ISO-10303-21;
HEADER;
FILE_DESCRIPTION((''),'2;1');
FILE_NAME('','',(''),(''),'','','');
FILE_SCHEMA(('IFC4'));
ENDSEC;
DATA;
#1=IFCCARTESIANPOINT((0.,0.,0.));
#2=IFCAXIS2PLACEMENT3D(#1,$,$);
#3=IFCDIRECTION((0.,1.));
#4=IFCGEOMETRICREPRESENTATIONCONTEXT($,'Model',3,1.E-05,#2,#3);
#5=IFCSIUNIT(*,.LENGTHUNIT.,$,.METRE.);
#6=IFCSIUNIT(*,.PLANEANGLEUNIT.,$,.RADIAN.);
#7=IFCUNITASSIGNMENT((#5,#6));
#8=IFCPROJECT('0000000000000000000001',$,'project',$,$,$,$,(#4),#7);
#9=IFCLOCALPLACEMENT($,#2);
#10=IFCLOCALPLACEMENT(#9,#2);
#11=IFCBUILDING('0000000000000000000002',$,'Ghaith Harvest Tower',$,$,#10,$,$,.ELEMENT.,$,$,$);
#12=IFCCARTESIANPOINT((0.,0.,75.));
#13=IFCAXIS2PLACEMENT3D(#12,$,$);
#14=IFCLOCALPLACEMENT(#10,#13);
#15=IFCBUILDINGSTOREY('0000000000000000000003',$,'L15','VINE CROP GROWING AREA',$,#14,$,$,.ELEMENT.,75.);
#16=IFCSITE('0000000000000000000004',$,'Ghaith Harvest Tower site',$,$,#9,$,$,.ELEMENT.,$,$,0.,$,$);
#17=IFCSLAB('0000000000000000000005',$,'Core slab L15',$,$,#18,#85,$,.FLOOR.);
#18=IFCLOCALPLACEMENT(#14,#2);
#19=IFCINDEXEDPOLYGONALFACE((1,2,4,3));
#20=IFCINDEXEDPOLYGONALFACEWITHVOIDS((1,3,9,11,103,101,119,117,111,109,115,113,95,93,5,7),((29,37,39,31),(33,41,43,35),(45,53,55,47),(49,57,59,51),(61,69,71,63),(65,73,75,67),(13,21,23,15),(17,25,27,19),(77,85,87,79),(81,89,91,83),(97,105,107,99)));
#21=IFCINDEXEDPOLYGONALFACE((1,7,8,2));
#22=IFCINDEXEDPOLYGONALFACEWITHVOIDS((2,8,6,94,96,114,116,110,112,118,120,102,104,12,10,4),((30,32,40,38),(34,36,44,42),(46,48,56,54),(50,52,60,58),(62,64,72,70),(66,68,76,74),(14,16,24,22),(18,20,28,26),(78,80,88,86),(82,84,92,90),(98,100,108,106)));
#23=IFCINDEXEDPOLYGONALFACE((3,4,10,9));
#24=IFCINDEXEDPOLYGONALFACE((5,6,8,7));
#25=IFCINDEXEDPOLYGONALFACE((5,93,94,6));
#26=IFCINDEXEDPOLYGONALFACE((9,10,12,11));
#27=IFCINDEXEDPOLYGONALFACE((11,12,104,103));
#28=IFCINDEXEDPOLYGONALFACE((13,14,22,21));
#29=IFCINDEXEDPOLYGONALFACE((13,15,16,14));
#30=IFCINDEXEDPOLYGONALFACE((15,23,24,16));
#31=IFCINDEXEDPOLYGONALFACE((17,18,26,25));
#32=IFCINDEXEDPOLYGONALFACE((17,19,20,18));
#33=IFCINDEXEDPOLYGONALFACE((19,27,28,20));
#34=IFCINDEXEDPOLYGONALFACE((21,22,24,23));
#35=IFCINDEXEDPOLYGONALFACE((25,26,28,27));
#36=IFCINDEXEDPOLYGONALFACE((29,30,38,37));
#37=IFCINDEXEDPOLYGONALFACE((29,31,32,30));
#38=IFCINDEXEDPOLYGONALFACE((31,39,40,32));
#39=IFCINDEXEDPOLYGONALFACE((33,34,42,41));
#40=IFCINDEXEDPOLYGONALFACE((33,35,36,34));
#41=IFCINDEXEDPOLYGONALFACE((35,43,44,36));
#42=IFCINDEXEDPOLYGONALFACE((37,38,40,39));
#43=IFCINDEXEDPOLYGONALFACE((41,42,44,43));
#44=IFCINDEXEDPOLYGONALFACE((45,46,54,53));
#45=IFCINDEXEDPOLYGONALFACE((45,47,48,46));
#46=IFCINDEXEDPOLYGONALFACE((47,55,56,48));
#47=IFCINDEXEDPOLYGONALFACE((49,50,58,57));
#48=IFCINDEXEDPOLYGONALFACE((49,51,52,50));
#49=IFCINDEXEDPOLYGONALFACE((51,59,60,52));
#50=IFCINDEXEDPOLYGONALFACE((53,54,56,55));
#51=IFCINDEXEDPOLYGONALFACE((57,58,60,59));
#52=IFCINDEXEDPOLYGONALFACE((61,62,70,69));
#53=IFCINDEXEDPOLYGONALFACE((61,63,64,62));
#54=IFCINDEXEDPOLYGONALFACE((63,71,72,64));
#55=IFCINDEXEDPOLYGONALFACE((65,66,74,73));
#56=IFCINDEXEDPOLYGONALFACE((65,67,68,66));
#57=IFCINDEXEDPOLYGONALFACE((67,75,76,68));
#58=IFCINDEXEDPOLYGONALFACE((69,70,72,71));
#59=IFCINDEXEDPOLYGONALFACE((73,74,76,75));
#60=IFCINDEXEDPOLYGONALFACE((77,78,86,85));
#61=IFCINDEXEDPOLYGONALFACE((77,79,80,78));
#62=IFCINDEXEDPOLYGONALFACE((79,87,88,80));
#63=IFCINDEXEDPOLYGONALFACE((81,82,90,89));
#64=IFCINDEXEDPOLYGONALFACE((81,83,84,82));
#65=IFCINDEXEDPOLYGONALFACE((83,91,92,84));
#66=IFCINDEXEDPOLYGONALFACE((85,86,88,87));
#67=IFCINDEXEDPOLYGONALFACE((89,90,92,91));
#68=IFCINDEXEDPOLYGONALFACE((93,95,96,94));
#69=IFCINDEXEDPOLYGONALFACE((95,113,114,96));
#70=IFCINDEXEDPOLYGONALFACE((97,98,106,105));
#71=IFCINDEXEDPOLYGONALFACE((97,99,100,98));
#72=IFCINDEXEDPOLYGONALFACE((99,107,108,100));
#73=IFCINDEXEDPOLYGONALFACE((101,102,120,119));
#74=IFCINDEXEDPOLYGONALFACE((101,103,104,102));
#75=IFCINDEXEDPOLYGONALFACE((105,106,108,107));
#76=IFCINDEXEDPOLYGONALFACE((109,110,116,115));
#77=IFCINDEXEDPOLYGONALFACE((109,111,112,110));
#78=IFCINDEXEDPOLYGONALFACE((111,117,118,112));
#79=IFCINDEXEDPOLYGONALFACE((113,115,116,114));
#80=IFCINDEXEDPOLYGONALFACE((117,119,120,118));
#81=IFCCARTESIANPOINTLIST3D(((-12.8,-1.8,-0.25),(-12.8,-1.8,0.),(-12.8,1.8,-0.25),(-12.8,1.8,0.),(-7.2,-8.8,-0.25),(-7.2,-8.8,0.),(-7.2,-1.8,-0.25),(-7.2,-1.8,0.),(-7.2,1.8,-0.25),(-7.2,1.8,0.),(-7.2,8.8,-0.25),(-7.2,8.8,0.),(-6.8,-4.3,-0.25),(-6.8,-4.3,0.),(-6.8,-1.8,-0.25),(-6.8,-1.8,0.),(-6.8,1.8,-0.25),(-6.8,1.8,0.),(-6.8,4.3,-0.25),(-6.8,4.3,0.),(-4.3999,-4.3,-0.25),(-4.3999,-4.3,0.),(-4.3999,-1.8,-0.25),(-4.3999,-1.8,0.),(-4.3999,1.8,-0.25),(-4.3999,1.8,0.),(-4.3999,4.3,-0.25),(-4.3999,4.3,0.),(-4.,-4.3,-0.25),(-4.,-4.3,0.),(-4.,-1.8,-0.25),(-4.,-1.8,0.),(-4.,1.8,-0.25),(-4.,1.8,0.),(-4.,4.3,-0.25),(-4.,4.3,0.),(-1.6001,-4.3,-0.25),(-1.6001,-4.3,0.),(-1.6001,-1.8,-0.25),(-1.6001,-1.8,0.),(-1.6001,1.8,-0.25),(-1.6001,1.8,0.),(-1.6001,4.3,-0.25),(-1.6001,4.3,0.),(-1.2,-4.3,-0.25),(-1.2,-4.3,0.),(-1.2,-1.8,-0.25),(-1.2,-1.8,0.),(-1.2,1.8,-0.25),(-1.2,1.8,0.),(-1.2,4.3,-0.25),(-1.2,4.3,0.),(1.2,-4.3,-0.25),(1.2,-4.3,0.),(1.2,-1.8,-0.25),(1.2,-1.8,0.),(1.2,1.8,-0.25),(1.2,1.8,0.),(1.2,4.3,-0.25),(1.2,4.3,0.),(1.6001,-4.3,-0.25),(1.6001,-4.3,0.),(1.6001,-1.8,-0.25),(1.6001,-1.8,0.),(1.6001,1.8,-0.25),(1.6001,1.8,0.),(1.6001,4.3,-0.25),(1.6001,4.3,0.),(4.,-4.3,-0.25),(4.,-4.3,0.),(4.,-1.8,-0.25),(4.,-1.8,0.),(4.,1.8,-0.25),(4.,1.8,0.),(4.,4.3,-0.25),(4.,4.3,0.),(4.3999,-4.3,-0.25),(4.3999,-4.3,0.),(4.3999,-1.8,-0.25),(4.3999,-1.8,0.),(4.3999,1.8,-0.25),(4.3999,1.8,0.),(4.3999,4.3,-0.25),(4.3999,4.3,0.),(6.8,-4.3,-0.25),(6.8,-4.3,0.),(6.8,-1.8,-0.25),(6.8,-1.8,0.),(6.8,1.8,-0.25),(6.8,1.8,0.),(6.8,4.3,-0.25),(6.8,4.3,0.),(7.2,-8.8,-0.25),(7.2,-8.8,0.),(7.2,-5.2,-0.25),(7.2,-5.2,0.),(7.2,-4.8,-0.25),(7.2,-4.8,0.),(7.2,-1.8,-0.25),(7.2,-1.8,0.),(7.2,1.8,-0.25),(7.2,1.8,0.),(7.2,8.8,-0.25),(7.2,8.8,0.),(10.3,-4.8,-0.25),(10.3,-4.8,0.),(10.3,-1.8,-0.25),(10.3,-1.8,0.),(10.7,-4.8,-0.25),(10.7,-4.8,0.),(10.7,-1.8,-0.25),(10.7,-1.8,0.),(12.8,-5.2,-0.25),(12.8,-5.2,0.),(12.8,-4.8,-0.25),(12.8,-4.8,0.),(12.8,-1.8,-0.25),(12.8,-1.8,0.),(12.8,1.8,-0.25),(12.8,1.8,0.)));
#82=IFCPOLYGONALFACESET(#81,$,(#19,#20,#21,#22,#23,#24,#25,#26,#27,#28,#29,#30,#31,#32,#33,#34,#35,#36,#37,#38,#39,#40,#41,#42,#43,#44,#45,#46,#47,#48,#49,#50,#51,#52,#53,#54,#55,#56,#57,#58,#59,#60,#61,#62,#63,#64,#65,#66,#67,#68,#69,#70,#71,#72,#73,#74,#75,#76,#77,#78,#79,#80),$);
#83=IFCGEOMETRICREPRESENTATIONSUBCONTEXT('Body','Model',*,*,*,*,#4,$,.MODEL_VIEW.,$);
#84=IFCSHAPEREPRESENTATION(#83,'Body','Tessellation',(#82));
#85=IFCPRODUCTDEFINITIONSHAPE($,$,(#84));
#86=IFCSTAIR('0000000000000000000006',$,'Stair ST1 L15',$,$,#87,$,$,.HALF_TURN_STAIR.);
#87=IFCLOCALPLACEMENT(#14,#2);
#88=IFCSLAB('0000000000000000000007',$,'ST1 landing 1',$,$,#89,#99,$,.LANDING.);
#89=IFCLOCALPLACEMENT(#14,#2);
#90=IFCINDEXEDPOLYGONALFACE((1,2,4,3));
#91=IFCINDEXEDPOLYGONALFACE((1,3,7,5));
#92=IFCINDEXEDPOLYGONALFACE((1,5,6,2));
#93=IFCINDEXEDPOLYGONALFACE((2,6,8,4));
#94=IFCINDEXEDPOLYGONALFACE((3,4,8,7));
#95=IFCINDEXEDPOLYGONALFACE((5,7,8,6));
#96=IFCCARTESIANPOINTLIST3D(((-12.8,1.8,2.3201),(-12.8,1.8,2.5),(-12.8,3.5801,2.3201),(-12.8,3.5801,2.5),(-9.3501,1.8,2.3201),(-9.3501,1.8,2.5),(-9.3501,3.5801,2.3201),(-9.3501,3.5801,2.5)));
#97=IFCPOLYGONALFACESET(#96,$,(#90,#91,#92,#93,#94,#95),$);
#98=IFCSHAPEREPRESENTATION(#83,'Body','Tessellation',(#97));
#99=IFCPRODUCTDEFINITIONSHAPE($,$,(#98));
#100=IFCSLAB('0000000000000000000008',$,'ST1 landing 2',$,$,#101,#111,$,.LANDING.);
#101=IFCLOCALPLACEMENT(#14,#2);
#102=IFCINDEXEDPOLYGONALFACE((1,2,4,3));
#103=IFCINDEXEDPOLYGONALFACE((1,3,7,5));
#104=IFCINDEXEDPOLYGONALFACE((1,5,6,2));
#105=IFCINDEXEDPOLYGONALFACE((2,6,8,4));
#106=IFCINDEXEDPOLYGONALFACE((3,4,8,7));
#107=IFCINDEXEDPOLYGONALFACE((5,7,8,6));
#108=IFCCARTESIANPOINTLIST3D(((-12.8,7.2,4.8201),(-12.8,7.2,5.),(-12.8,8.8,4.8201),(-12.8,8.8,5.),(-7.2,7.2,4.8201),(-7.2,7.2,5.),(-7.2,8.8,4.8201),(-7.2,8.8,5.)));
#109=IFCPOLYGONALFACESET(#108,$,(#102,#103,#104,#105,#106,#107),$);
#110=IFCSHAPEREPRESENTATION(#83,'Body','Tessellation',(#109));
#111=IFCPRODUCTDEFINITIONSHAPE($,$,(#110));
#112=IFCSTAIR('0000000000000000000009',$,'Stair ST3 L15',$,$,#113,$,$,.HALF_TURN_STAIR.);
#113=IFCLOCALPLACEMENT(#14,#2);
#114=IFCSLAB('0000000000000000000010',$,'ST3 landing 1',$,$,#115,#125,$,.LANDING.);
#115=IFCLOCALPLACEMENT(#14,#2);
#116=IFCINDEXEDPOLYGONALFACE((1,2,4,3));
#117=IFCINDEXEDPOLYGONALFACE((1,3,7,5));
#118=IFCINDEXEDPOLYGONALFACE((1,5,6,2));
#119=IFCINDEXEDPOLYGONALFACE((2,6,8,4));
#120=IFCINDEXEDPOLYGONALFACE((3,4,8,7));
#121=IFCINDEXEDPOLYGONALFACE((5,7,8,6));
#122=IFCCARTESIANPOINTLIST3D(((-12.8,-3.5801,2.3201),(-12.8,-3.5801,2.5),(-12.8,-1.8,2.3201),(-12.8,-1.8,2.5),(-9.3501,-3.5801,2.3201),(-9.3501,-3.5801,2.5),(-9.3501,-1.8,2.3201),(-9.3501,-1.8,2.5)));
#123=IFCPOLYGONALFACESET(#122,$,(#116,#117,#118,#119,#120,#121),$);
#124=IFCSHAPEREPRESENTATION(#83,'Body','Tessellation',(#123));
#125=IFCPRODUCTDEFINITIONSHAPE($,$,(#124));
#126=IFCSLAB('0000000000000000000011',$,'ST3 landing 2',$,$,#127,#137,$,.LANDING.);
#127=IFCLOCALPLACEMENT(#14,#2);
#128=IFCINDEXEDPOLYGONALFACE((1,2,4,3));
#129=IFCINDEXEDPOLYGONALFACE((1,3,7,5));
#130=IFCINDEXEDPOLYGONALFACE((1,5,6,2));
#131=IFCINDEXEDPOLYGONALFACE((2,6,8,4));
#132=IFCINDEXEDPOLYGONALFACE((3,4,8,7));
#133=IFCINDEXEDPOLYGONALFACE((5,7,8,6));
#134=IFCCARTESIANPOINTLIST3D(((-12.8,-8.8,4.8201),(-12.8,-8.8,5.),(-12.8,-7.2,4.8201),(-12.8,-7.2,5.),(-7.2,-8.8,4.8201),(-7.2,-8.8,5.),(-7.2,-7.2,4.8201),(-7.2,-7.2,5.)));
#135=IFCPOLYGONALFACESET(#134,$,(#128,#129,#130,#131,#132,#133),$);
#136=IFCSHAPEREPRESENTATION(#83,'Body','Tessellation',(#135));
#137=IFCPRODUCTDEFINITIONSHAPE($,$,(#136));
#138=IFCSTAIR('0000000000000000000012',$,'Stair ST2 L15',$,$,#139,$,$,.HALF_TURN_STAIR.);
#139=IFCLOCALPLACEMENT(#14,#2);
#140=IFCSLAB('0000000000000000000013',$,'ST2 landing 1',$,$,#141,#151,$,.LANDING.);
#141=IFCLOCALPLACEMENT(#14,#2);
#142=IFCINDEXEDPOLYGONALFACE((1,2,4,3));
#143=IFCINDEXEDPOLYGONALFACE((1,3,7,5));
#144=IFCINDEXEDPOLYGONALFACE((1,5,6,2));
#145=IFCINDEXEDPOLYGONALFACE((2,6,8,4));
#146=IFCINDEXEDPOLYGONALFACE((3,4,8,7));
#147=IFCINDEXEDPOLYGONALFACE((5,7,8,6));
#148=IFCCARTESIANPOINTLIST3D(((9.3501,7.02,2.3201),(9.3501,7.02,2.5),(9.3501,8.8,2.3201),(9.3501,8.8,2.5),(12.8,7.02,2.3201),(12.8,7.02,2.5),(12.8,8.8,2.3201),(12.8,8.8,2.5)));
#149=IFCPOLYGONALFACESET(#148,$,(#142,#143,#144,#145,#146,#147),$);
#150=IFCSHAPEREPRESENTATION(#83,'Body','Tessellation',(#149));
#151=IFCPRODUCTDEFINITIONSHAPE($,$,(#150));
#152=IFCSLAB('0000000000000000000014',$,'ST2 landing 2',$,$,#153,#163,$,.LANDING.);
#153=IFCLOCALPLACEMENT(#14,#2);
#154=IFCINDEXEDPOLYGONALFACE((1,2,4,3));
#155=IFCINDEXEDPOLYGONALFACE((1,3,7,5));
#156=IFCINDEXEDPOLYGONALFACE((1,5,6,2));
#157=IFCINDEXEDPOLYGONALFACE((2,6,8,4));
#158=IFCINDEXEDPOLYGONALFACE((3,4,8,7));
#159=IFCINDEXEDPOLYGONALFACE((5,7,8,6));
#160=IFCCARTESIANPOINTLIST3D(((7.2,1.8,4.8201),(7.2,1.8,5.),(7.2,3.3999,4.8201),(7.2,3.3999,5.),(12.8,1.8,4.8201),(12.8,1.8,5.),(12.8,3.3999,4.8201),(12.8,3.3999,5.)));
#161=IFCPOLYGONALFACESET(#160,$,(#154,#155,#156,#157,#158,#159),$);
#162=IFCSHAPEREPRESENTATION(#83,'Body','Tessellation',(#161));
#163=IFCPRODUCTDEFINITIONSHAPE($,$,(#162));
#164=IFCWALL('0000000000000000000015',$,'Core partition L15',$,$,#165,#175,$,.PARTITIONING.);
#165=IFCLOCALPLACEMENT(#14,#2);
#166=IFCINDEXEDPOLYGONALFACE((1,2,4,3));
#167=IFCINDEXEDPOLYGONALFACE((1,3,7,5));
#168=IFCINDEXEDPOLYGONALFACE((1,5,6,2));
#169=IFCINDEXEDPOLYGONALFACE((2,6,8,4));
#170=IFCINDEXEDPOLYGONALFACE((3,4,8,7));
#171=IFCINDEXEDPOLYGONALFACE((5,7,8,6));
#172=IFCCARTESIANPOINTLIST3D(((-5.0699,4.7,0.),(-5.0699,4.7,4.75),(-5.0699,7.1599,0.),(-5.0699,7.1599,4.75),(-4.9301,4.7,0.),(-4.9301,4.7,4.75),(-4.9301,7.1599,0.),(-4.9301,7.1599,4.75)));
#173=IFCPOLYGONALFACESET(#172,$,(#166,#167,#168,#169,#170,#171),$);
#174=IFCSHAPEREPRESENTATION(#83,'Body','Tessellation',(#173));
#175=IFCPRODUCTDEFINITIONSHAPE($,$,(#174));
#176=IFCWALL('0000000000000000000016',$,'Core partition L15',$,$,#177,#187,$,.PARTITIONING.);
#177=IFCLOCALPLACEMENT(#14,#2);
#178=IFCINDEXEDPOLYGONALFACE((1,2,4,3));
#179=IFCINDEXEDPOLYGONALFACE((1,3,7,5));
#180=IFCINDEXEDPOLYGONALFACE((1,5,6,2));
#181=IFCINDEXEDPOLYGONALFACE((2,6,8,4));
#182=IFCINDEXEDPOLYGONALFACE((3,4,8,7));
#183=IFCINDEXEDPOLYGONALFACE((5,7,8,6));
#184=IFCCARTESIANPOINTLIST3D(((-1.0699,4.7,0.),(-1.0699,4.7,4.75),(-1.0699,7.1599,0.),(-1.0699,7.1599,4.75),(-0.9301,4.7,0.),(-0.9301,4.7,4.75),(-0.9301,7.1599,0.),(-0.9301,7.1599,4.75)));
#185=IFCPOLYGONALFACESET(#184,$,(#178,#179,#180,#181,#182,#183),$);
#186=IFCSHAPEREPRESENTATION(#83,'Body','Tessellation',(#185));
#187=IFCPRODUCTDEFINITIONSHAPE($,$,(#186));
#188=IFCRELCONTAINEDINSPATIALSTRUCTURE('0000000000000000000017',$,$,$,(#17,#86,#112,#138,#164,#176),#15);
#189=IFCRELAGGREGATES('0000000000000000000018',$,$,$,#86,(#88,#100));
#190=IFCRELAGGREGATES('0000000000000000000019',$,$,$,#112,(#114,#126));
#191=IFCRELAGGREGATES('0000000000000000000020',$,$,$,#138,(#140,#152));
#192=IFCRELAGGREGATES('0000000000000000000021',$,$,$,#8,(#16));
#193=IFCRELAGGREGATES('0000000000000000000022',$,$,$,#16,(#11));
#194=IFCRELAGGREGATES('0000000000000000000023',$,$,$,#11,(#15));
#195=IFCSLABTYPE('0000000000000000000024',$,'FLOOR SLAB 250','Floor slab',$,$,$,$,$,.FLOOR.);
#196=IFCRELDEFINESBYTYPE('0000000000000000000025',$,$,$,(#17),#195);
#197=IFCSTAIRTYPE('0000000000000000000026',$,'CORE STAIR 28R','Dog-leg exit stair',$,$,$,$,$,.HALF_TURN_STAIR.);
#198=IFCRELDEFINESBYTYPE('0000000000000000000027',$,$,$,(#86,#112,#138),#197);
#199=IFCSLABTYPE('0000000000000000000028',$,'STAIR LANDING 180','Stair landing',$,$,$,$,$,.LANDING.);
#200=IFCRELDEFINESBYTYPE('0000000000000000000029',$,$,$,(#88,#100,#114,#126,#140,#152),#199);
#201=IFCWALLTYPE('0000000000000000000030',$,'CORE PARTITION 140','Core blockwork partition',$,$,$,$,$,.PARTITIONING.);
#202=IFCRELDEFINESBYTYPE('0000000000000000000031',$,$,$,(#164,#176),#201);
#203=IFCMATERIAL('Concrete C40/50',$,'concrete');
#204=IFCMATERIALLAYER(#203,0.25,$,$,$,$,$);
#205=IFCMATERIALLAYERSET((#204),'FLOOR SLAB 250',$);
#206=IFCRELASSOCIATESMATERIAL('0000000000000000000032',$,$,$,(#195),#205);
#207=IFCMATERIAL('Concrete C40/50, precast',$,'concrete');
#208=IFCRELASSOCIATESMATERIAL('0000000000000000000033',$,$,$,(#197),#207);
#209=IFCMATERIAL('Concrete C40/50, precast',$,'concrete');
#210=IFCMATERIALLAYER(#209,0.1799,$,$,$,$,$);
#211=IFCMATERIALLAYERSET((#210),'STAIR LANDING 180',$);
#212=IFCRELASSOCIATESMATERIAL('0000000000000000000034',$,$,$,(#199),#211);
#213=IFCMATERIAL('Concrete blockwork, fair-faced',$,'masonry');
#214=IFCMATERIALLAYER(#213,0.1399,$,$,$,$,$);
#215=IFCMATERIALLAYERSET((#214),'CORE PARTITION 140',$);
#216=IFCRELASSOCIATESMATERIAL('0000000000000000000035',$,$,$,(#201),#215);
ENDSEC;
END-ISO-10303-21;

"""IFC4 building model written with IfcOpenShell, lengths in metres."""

from ifc_helpers import new_model, si_unit, direction, frame, frame_2d, origin, place, context, subcontext, project, spatial, polyline, rectangle, outline, extrude, material, layer, layer_set, type_object, element, aggregate, save


model = new_model("IFC4")

# Units and contexts
model_context = context("Model", 3, precision=1e-05, world=origin(), true_north=direction((0.0, 1.0)))
body_context = subcontext(model_context, "Body", "Model", "MODEL_VIEW")
ifc_project = project(units=[si_unit("LENGTHUNIT", "METRE"), si_unit("PLANEANGLEUNIT", "RADIAN")], contexts=[model_context])

# Site, building, storey
site_placement = place(None, origin())
site = spatial("IfcSite", under=ifc_project, at=site_placement, Name="Ghaith Harvest Tower site", CompositionType="ELEMENT", RefElevation=0.0)
building_placement = place(site_placement, origin())
building = spatial("IfcBuilding", under=site, at=building_placement, Name="Ghaith Harvest Tower", CompositionType="ELEMENT")
storey_placement = place(building_placement, frame((0.0, 0.0, 75.0)))
storey = spatial("IfcBuildingStorey", under=building, at=storey_placement, Name="L15", Description="VINE CROP GROWING AREA", CompositionType="ELEMENT", Elevation=75.0)

# Slab
ifc_material_1 = material(Name="Concrete C40/50", Category="concrete")
ifc_layer_1 = layer(ifc_material_1, 0.25)
ifc_layer_set_1 = layer_set([ifc_layer_1], Name="FLOOR SLAB 250")
slab_type_1 = type_object("IfcSlabType", Name="FLOOR SLAB 250", Description="Floor slab", PredefinedType="FLOOR", material=ifc_layer_set_1)
slab_1_placement = place(storey_placement, frame((0.0, 0.0, -0.25)))
element("IfcSlab", 1, at=slab_1_placement, inside=storey, type_object=slab_type_1, Name="Core slab L15", PredefinedType="FLOOR", context=body_context, shape_type="SweptSolid", body=[
    extrude(outline(polyline([(-12.8, 1.8), (-7.2, 1.8), (-7.2, 8.8), (7.2, 8.8), (7.2, 1.8), (12.8, 1.8), (12.8, -1.8), (10.7, -1.8), (10.7, -4.8), (12.8, -4.8), (12.8, -5.2), (7.2, -5.2), (7.2, -8.8), (-7.2, -8.8), (-7.2, -1.8), (-12.8, -1.8), (-12.8, 1.8)]), holes=[polyline([(-4.3999, -4.3), (-4.3999, -1.8), (-6.8, -1.8), (-6.8, -4.3), (-4.3999, -4.3)]), polyline([(-1.6001, -4.3), (-1.6001, -1.8), (-4.0, -1.8), (-4.0, -4.3), (-1.6001, -4.3)]), polyline([(1.2, -4.3), (1.2, -1.8), (-1.2, -1.8), (-1.2, -4.3), (1.2, -4.3)]), polyline([(-4.3999, 1.8), (-4.3999, 4.3), (-6.8, 4.3), (-6.8, 1.8), (-4.3999, 1.8)]), polyline([(-1.6001, 1.8), (-1.6001, 4.3), (-4.0, 4.3), (-4.0, 1.8), (-1.6001, 1.8)]), polyline([(1.2, 1.8), (1.2, 4.3), (-1.2, 4.3), (-1.2, 1.8), (1.2, 1.8)]), polyline([(10.3, -4.8), (10.3, -1.8), (7.2, -1.8), (7.2, -4.8), (10.3, -4.8)]), polyline([(4.0, -4.3), (4.0, -1.8), (1.6001, -1.8), (1.6001, -4.3), (4.0, -4.3)]), polyline([(6.8, -4.3), (6.8, -1.8), (4.3999, -1.8), (4.3999, -4.3), (6.8, -4.3)]), polyline([(4.0, 1.8), (4.0, 4.3), (1.6001, 4.3), (1.6001, 1.8), (4.0, 1.8)]), polyline([(6.8, 1.8), (6.8, 4.3), (4.3999, 4.3), (4.3999, 1.8), (6.8, 1.8)])]), origin(), (0.0, 0.0, 1.0), 0.25),
])

# Stairs, slabs
ifc_material_2 = material(Name="Concrete C40/50, precast", Category="concrete")
stair_type = type_object("IfcStairType", Name="CORE STAIR 28R", Description="Dog-leg exit stair", PredefinedType="HALF_TURN_STAIR", material=ifc_material_2)
stair_1_placement = place(storey_placement, origin())
stair_1 = element("IfcStair", 2, at=stair_1_placement, inside=storey, type_object=stair_type, Name="Stair ST1 L15", PredefinedType="HALF_TURN_STAIR")
ifc_material_3 = material(Name="Concrete C40/50, precast", Category="concrete")
ifc_layer_2 = layer(ifc_material_3, 0.1799)
ifc_layer_set_2 = layer_set([ifc_layer_2], Name="STAIR LANDING 180")
slab_type_2 = type_object("IfcSlabType", Name="STAIR LANDING 180", Description="Stair landing", PredefinedType="LANDING", material=ifc_layer_set_2)
slab_2_placement = place(storey_placement, frame((0.0, 0.0, 2.3201)))
slab_2 = element("IfcSlab", 3, at=slab_2_placement, type_object=slab_type_2, Name="ST1 landing 1", PredefinedType="LANDING", context=body_context, shape_type="SweptSolid", body=[
    extrude(outline(polyline([(-12.8, 3.5801), (-12.8, 1.8), (-9.3501, 1.8), (-9.3501, 3.5801), (-12.8, 3.5801)])), origin(), (0.0, 0.0, 1.0), 0.1799),
])
slab_3_placement = place(storey_placement, frame((0.0, 0.0, 4.8201)))
slab_3 = element("IfcSlab", 4, at=slab_3_placement, type_object=slab_type_2, Name="ST1 landing 2", PredefinedType="LANDING", context=body_context, shape_type="SweptSolid", body=[
    extrude(outline(polyline([(-12.8, 8.8), (-12.8, 7.2), (-7.2, 7.2), (-7.2, 8.8), (-12.8, 8.8)])), origin(), (0.0, 0.0, 1.0), 0.1799),
])
aggregate(stair_1, [slab_2, slab_3])
stair_2_placement = place(storey_placement, origin())
stair_2 = element("IfcStair", 5, at=stair_2_placement, inside=storey, type_object=stair_type, Name="Stair ST3 L15", PredefinedType="HALF_TURN_STAIR")
slab_4_placement = place(storey_placement, frame((0.0, 0.0, 2.3201)))
slab_4 = element("IfcSlab", 6, at=slab_4_placement, type_object=slab_type_2, Name="ST3 landing 1", PredefinedType="LANDING", context=body_context, shape_type="SweptSolid", body=[
    extrude(outline(polyline([(-12.8, -3.5801), (-12.8, -1.8), (-9.3501, -1.8), (-9.3501, -3.5801), (-12.8, -3.5801)])), origin(), (0.0, 0.0, 1.0), 0.1799),
])
slab_5_placement = place(storey_placement, frame((0.0, 0.0, 4.8201)))
slab_5 = element("IfcSlab", 7, at=slab_5_placement, type_object=slab_type_2, Name="ST3 landing 2", PredefinedType="LANDING", context=body_context, shape_type="SweptSolid", body=[
    extrude(outline(polyline([(-12.8, -8.8), (-12.8, -7.2), (-7.2, -7.2), (-7.2, -8.8), (-12.8, -8.8)])), origin(), (0.0, 0.0, 1.0), 0.1799),
])
aggregate(stair_2, [slab_4, slab_5])
stair_3_placement = place(storey_placement, origin())
stair_3 = element("IfcStair", 8, at=stair_3_placement, inside=storey, type_object=stair_type, Name="Stair ST2 L15", PredefinedType="HALF_TURN_STAIR")
slab_6_placement = place(storey_placement, frame((0.0, 0.0, 2.3201)))
slab_6 = element("IfcSlab", 9, at=slab_6_placement, type_object=slab_type_2, Name="ST2 landing 1", PredefinedType="LANDING", context=body_context, shape_type="SweptSolid", body=[
    extrude(outline(polyline([(12.8, 7.02), (12.8, 8.8), (9.3501, 8.8), (9.3501, 7.02), (12.8, 7.02)])), origin(), (0.0, 0.0, 1.0), 0.1799),
])
slab_7_placement = place(storey_placement, frame((0.0, 0.0, 4.8201)))
slab_7 = element("IfcSlab", 10, at=slab_7_placement, type_object=slab_type_2, Name="ST2 landing 2", PredefinedType="LANDING", context=body_context, shape_type="SweptSolid", body=[
    extrude(outline(polyline([(12.8, 1.8), (12.8, 3.3999), (7.2, 3.3999), (7.2, 1.8), (12.8, 1.8)])), origin(), (0.0, 0.0, 1.0), 0.1799),
])
aggregate(stair_3, [slab_6, slab_7])

# Walls
ifc_material_4 = material(Name="Concrete blockwork, fair-faced", Category="masonry")
ifc_layer_3 = layer(ifc_material_4, 0.1399)
ifc_layer_set_3 = layer_set([ifc_layer_3], Name="CORE PARTITION 140")
wall_type_1 = type_object("IfcWallType", Name="CORE PARTITION 140", Description="Core blockwork partition", PredefinedType="PARTITIONING", material=ifc_layer_set_3)
for number, where, z_axis, x_axis, name in (
    (11, (-5.0, 4.7, 0.0), (0.0, 0.0, 1.0), (0.0, 1.0, 0.0), "Core partition L15"),
    (12, (-1.0, 4.7, 0.0), (0.0, 0.0, 1.0), (0.0, 1.0, 0.0), "Core partition L15"),
):
    element("IfcWall", number, at=place(storey_placement, frame(where, z_axis=z_axis, x_axis=x_axis)), inside=storey, type_object=wall_type_1, Name=name, PredefinedType="PARTITIONING", context=body_context, shape_type="SweptSolid", body=[
        extrude(rectangle(XDim=2.46, YDim=0.1399, at=frame_2d((1.23, 0.0))), origin(), (0.0, 0.0, 1.0), 4.75),
    ])

save(model, "model.ifc")
